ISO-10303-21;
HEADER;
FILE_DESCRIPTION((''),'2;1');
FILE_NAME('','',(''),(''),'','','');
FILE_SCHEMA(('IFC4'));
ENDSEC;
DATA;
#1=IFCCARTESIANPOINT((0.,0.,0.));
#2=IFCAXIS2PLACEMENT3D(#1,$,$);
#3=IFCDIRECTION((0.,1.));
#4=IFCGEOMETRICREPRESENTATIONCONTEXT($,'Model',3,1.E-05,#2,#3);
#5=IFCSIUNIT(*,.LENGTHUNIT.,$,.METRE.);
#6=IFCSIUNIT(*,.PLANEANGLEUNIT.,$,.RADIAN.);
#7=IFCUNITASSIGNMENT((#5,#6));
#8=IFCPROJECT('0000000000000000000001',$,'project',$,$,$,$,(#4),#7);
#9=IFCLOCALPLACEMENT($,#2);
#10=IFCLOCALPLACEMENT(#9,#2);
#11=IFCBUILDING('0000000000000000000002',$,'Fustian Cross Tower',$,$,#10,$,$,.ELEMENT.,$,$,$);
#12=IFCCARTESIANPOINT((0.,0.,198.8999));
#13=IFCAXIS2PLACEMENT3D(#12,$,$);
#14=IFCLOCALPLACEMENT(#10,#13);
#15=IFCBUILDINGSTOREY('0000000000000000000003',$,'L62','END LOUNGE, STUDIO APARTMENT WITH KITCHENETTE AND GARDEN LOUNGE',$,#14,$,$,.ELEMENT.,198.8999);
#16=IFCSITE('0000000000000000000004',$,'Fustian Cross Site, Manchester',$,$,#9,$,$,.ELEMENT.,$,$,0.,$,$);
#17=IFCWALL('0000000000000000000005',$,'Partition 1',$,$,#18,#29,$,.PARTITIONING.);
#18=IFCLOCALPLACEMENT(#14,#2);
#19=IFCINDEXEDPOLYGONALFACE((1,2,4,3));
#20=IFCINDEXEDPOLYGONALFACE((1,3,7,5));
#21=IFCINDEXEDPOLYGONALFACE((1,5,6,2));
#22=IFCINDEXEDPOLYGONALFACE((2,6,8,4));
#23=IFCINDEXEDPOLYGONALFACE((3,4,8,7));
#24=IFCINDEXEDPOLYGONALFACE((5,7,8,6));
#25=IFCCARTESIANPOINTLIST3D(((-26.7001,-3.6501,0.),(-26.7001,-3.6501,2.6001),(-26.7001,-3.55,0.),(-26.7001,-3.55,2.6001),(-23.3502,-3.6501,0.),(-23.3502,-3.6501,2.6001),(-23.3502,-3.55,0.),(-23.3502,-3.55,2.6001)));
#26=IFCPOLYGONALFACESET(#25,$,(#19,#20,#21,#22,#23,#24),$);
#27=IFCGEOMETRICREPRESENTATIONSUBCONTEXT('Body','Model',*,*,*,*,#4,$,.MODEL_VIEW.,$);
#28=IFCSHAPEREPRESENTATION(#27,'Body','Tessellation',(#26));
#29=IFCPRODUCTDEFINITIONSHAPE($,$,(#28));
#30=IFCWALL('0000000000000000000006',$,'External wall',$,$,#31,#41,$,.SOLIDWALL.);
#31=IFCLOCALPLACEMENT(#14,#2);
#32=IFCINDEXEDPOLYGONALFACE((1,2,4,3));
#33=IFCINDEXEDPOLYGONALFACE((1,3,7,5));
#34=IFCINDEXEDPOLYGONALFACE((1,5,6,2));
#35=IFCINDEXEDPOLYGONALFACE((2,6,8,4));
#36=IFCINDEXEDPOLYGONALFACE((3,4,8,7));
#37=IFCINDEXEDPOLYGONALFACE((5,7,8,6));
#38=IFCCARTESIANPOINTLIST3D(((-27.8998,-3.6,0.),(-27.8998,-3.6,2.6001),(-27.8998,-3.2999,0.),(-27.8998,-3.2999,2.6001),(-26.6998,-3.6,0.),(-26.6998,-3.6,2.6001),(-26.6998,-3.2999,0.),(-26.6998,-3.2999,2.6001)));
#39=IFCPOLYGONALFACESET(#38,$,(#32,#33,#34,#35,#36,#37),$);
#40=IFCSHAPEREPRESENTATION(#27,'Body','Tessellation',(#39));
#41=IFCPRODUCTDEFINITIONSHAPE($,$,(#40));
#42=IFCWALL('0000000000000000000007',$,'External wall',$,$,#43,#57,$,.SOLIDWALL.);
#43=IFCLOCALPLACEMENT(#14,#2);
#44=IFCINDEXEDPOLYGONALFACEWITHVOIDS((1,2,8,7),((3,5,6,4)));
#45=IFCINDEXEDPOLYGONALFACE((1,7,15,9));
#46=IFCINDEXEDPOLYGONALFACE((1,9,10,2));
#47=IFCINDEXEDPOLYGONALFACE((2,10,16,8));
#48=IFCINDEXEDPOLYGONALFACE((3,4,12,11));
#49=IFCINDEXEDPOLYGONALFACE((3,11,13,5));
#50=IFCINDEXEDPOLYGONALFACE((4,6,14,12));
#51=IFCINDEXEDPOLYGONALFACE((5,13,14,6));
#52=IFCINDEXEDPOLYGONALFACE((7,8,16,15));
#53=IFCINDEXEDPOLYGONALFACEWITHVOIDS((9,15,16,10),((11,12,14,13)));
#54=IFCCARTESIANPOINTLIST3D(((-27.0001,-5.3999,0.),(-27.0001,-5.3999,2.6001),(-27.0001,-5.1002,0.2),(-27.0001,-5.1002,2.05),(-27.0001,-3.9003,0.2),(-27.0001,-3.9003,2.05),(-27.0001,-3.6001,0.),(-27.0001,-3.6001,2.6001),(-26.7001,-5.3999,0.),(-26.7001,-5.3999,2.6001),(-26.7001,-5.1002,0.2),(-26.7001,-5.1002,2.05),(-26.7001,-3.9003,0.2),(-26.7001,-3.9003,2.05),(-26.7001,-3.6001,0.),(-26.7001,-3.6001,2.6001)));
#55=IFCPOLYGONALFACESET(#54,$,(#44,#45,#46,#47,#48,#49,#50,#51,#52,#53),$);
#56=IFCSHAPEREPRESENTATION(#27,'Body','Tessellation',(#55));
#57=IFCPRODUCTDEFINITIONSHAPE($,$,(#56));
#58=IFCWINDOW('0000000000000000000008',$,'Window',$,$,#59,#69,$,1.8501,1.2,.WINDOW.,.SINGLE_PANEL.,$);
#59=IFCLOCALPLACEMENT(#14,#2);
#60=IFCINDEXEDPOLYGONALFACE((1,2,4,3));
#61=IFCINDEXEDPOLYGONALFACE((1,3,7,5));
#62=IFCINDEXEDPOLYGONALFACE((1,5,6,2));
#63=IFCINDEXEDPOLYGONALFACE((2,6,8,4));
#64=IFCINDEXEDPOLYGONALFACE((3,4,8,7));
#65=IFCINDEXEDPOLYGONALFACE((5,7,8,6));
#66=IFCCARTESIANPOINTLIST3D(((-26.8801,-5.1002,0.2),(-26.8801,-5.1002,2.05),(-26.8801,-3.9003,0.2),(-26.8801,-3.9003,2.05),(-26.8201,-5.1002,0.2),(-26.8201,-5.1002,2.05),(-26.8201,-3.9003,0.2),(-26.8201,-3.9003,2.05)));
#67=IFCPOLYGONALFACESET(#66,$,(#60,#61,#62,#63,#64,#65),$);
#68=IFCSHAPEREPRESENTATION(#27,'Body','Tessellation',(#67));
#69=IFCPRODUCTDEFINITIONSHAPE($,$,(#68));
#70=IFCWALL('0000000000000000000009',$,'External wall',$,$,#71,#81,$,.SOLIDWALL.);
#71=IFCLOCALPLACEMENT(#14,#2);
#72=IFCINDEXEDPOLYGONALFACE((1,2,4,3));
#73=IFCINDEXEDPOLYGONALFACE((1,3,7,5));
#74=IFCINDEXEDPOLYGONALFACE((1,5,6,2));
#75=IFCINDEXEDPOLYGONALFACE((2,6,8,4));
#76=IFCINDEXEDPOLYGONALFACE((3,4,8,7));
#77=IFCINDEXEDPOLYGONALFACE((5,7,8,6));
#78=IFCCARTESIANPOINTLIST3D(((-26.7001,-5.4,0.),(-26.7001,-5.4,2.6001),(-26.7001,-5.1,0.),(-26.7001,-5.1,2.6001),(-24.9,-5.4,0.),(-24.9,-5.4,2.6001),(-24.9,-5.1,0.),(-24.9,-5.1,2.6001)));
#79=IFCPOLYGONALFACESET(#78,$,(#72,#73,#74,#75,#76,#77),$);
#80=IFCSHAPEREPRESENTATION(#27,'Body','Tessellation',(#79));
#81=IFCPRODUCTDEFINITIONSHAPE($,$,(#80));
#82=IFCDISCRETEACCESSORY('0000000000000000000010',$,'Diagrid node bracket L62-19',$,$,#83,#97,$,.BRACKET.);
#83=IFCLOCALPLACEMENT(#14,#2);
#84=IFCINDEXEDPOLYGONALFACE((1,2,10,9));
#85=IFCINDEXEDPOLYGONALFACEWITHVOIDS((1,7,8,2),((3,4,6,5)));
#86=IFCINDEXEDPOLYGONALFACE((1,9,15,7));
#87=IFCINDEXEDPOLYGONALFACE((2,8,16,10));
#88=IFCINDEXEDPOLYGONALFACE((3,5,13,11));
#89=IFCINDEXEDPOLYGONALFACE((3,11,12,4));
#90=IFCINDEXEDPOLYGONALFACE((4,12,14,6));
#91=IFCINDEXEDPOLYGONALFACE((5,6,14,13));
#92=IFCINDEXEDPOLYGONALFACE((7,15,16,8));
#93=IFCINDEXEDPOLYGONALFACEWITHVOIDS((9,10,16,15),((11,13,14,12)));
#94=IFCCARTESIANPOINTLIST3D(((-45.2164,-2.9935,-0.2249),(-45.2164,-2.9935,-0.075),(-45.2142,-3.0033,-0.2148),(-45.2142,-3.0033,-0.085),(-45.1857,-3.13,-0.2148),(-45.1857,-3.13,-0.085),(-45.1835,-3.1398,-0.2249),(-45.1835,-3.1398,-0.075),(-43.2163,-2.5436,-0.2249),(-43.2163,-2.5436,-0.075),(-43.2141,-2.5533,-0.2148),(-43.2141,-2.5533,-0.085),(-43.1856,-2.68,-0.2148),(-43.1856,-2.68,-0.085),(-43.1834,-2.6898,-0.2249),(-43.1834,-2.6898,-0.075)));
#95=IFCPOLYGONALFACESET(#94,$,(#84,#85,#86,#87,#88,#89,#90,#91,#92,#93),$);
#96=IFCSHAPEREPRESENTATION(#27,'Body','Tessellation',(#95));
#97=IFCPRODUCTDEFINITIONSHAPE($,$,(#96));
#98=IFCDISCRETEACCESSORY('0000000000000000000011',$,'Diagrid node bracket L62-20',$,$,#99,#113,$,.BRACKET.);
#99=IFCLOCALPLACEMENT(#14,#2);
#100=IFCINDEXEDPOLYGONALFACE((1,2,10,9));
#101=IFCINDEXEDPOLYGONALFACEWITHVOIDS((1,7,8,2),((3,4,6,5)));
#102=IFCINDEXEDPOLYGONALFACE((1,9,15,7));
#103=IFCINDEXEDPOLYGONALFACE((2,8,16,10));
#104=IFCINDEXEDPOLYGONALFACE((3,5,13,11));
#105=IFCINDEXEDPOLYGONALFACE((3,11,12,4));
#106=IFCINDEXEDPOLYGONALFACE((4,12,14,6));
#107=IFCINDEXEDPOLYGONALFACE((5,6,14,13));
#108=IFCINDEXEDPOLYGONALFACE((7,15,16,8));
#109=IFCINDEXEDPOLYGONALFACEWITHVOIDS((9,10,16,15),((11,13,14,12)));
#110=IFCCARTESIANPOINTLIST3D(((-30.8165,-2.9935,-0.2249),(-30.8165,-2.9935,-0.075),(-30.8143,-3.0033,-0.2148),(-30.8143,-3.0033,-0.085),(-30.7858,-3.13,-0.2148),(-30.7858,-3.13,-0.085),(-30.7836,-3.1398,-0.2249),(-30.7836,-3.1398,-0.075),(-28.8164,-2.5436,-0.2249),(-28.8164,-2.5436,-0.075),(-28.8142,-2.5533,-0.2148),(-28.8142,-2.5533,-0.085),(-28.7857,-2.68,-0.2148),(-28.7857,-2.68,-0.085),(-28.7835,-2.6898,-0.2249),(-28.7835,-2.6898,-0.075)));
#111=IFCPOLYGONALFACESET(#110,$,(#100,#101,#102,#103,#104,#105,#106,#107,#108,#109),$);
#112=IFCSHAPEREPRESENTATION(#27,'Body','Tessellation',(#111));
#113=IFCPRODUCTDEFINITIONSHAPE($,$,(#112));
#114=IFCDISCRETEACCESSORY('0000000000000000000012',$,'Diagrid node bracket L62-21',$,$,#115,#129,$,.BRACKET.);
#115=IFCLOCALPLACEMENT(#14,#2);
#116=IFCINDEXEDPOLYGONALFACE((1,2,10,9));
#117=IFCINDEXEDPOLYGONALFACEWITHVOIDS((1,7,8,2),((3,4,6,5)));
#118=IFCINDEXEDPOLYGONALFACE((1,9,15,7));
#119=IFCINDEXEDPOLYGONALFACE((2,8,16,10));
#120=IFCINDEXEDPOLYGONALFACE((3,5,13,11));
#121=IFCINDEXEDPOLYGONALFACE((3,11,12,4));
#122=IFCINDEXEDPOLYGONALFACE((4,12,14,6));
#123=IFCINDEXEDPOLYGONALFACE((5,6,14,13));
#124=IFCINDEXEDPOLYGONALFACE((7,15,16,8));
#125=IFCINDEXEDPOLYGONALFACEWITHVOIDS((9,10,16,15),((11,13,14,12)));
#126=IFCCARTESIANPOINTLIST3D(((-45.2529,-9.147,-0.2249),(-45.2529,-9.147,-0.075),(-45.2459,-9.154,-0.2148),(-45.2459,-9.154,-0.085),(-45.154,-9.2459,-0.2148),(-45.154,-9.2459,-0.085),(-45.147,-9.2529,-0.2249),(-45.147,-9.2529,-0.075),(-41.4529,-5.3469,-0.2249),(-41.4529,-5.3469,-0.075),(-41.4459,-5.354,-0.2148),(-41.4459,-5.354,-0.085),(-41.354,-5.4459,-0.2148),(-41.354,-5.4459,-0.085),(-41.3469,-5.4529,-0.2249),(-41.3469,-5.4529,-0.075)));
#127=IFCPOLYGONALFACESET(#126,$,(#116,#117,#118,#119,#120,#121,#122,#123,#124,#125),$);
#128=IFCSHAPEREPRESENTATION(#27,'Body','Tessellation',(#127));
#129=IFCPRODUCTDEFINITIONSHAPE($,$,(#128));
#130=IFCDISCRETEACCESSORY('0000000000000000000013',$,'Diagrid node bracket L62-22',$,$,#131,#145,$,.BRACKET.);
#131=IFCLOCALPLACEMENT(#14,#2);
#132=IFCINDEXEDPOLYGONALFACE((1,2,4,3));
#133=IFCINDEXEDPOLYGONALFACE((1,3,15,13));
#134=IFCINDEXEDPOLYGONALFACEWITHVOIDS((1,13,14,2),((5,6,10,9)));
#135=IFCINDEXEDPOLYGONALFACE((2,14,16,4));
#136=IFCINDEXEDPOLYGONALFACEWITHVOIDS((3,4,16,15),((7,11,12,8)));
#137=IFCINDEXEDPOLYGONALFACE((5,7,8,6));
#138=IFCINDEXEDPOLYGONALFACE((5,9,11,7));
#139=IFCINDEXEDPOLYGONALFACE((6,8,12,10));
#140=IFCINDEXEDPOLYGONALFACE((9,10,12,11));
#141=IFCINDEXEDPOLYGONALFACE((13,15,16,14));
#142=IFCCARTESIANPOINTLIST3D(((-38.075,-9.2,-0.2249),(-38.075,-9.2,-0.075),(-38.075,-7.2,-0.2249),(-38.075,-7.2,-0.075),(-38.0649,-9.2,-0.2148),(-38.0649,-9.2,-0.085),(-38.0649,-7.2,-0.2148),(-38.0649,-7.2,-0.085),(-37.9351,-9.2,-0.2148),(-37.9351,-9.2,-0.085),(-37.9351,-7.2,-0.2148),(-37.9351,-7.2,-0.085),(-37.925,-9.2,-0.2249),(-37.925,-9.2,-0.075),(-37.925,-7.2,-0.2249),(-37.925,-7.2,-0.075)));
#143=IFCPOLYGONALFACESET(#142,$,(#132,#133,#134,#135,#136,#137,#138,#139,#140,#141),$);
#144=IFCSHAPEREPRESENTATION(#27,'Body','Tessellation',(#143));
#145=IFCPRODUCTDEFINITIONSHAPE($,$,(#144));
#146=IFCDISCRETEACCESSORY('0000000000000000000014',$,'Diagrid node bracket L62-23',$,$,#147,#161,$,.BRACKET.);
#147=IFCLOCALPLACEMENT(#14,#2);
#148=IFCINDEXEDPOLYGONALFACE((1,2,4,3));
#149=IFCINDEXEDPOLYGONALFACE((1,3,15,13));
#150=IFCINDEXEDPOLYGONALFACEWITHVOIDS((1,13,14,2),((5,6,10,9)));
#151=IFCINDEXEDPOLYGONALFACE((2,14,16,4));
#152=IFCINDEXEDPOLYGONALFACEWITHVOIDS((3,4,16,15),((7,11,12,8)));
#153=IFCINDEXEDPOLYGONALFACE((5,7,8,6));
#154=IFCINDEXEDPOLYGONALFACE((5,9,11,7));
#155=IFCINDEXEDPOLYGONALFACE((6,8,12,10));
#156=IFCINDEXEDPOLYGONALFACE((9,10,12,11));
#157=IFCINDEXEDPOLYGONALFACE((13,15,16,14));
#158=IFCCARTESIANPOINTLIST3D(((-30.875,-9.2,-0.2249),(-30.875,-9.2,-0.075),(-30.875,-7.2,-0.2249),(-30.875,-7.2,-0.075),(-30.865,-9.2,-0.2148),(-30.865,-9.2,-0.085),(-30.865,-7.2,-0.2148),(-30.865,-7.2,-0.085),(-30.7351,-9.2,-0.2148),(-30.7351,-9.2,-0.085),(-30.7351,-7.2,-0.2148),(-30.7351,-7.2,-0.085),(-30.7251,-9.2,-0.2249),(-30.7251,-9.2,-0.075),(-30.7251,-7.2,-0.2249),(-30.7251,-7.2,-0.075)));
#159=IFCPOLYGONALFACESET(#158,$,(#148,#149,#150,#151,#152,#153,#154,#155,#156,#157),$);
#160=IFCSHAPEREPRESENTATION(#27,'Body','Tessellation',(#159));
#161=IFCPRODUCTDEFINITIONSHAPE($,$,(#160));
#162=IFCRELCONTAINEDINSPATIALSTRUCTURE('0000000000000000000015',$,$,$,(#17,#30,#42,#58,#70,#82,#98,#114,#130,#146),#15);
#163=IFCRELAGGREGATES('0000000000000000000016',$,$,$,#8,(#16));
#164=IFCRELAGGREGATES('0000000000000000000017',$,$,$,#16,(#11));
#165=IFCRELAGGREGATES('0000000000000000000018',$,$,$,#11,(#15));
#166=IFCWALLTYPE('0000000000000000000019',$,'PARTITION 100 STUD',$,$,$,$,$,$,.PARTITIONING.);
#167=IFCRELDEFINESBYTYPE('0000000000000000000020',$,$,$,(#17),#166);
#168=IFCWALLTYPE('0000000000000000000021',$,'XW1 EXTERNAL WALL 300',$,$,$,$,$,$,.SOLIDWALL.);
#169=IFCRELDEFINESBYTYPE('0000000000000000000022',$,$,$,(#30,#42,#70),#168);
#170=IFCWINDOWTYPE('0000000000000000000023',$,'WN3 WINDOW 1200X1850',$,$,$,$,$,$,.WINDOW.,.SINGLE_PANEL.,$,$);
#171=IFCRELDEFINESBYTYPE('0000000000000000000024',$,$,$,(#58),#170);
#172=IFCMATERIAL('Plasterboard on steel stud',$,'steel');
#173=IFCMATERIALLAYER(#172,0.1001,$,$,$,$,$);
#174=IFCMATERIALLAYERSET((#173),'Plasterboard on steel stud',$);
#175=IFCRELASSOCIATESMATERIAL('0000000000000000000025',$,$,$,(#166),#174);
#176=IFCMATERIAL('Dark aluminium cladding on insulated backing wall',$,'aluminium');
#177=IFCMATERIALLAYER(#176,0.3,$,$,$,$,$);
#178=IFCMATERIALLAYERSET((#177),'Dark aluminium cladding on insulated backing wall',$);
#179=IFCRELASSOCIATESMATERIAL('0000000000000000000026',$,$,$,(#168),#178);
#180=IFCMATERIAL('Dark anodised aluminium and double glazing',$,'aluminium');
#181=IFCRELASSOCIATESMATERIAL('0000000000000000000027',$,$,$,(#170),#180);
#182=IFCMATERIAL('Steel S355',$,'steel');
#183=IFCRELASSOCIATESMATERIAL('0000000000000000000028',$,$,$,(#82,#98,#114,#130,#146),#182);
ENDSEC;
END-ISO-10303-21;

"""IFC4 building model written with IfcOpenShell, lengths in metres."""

from ifc_helpers import new_model, si_unit, direction, frame, frame_2d, origin, origin_2d, place, context, subcontext, project, spatial, rectangle, hollow_rectangle, extrude, material, layer, layer_set, type_object, element, fill, save


model = new_model("IFC4")

# Units and contexts
model_context = context("Model", 3, precision=1e-05, world=origin(), true_north=direction((0.0, 1.0)))
body_context = subcontext(model_context, "Body", "Model", "MODEL_VIEW")
ifc_project = project(units=[si_unit("LENGTHUNIT", "METRE"), si_unit("PLANEANGLEUNIT", "RADIAN")], contexts=[model_context])

# Site, building, storey
site_placement = place(None, origin())
site = spatial("IfcSite", under=ifc_project, at=site_placement, Name="Fustian Cross Site, Manchester", CompositionType="ELEMENT", RefElevation=0.0)
building_placement = place(site_placement, origin())
building = spatial("IfcBuilding", under=site, at=building_placement, Name="Fustian Cross Tower", CompositionType="ELEMENT")
storey_placement = place(building_placement, frame((0.0, 0.0, 198.8999)))
storey = spatial("IfcBuildingStorey", under=building, at=storey_placement, Name="L62", Description="END LOUNGE, STUDIO APARTMENT WITH KITCHENETTE AND GARDEN LOUNGE", CompositionType="ELEMENT", Elevation=198.8999)

# Walls
ifc_material_1 = material(Name="Plasterboard on steel stud", Category="steel")
ifc_layer_1 = layer(ifc_material_1, 0.1001)
ifc_layer_set_1 = layer_set([ifc_layer_1], Name="Plasterboard on steel stud")
wall_type_1 = type_object("IfcWallType", Name="PARTITION 100 STUD", PredefinedType="PARTITIONING", material=ifc_layer_set_1)
wall_1_placement = place(storey_placement, frame((-26.7, -3.6001, 0.0), z_axis=(0.0, 0.0, 1.0), x_axis=(1.0, 0.0, 0.0)))
element("IfcWall", 1, at=wall_1_placement, inside=storey, type_object=wall_type_1, Name="Partition 1", PredefinedType="PARTITIONING", context=body_context, shape_type="SweptSolid", body=[
    extrude(rectangle(XDim=3.3499, YDim=0.1001, at=frame_2d((1.6748, 0.0))), origin(), (0.0, 0.0, 1.0), 2.6001),
])
ifc_material_2 = material(Name="Dark aluminium cladding on insulated backing wall", Category="aluminium")
ifc_layer_2 = layer(ifc_material_2, 0.3)
ifc_layer_set_2 = layer_set([ifc_layer_2], Name="Dark aluminium cladding on insulated backing wall")
wall_type_2 = type_object("IfcWallType", Name="XW1 EXTERNAL WALL 300", PredefinedType="SOLIDWALL", material=ifc_layer_set_2)
wall_2_placement = place(storey_placement, frame((-27.8999, -3.45, 0.0), z_axis=(0.0, 0.0, 1.0), x_axis=(1.0, 0.0, 0.0)))
element("IfcWall", 2, at=wall_2_placement, inside=storey, type_object=wall_type_2, Name="External wall", PredefinedType="SOLIDWALL", context=body_context, shape_type="SweptSolid", body=[
    extrude(rectangle(XDim=1.2, YDim=0.3, at=frame_2d((0.6001, 0.0))), origin(), (0.0, 0.0, 1.0), 2.6001),
])

# Wall, opening, window
wall_3_placement = place(storey_placement, frame((-26.8501, -3.6001, 0.0), z_axis=(0.0, 0.0, 1.0), x_axis=(0.0, -1.0, 0.0)))
wall_3 = element("IfcWall", 3, at=wall_3_placement, inside=storey, type_object=wall_type_2, Name="External wall", PredefinedType="SOLIDWALL", context=body_context, shape_type="SweptSolid", body=[
    extrude(rectangle(XDim=1.7998, YDim=0.3, at=frame_2d((0.8999, 0.0))), origin(), (0.0, 0.0, 1.0), 2.6001),
])
opening_placement = place(wall_3_placement, frame((0.3, 0.0, 0.2)))
opening = element("IfcOpeningElement", 4, at=opening_placement, cuts=wall_3, PredefinedType="OPENING", context=body_context, shape_type="SweptSolid", body=[
    extrude(rectangle(XDim=1.2, YDim=1.8501, at=frame_2d((0.6001, 0.925))), frame((0.0, 0.1599, 0.0), z_axis=(0.0, -1.0, 0.0), x_axis=(1.0, 0.0, 0.0)), (0.0, 0.0, 1.0), 0.3201),
])
ifc_material_3 = material(Name="Dark anodised aluminium and double glazing", Category="aluminium")
window_type = type_object("IfcWindowType", Name="WN3 WINDOW 1200X1850", PartitioningType="SINGLE_PANEL", PredefinedType="WINDOW", material=ifc_material_3)
window_placement = place(opening_placement, origin())
window = element("IfcWindow", 5, at=window_placement, inside=storey, type_object=window_type, Name="Window", OverallHeight=1.8501, OverallWidth=1.2, PartitioningType="SINGLE_PANEL", PredefinedType="WINDOW", context=body_context, shape_type="SweptSolid", body=[
    extrude(rectangle(XDim=1.2, YDim=1.8501, at=frame_2d((0.6001, 0.925))), frame((0.0, 0.03, 0.0), z_axis=(0.0, -1.0, 0.0), x_axis=(1.0, 0.0, 0.0)), (0.0, 0.0, 1.0), 0.0601),
])
fill(opening, window)

# Wall
wall_4_placement = place(storey_placement, frame((-26.7, -5.25, 0.0), z_axis=(0.0, 0.0, 1.0), x_axis=(1.0, 0.0, 0.0)))
element("IfcWall", 6, at=wall_4_placement, inside=storey, type_object=wall_type_2, Name="External wall", PredefinedType="SOLIDWALL", context=body_context, shape_type="SweptSolid", body=[
    extrude(rectangle(XDim=1.8, YDim=0.3, at=frame_2d((0.8999, 0.0))), origin(), (0.0, 0.0, 1.0), 2.6001),
])

# Discrete accessories
ifc_material_4 = material(Name="Steel S355", Category="steel")
for number, where, z_axis, x_axis, name in (
    (7, (-45.2, -3.0667, -0.1499), (0.975615, 0.21949, 0.0), (-0.21949, 0.975615, 0.0), "Diagrid node bracket L62-19"),
    (8, (-30.8, -3.0667, -0.1499), (0.975615, 0.21949, 0.0), (-0.21949, 0.975615, 0.0), "Diagrid node bracket L62-20"),
):
    element("IfcDiscreteAccessory", number, at=place(storey_placement, frame(where, z_axis=z_axis, x_axis=x_axis)), inside=storey, material=ifc_material_4, Name=name, PredefinedType="BRACKET", context=body_context, shape_type="SweptSolid", body=[
        extrude(hollow_rectangle(XDim=0.1499, YDim=0.1499, WallThickness=0.01, at=origin_2d()), origin(), (0.0, 0.0, 1.0), 2.05),
    ])
discrete_accessory_placement = place(storey_placement, frame((-45.2, -9.2, -0.1499), z_axis=(0.707107, 0.707107, 0.0), x_axis=(-0.707107, 0.707107, 0.0)))
element("IfcDiscreteAccessory", 9, at=discrete_accessory_placement, inside=storey, material=ifc_material_4, Name="Diagrid node bracket L62-21", PredefinedType="BRACKET", context=body_context, shape_type="SweptSolid", body=[
    extrude(hollow_rectangle(XDim=0.1499, YDim=0.1499, WallThickness=0.01, at=origin_2d()), origin(), (0.0, 0.0, 1.0), 5.374),
])
for number, where, z_axis, x_axis, name in (
    (10, (-38.0, -9.2, -0.1499), (0.0, 1.0, 0.0), (-1.0, 0.0, 0.0), "Diagrid node bracket L62-22"),
    (11, (-30.8, -9.2, -0.1499), (0.0, 1.0, 0.0), (-1.0, 0.0, 0.0), "Diagrid node bracket L62-23"),
):
    element("IfcDiscreteAccessory", number, at=place(storey_placement, frame(where, z_axis=z_axis, x_axis=x_axis)), inside=storey, material=ifc_material_4, Name=name, PredefinedType="BRACKET", context=body_context, shape_type="SweptSolid", body=[
        extrude(hollow_rectangle(XDim=0.1499, YDim=0.1499, WallThickness=0.01, at=origin_2d()), origin(), (0.0, 0.0, 1.0), 2.0),
    ])

save(model, "model.ifc")
